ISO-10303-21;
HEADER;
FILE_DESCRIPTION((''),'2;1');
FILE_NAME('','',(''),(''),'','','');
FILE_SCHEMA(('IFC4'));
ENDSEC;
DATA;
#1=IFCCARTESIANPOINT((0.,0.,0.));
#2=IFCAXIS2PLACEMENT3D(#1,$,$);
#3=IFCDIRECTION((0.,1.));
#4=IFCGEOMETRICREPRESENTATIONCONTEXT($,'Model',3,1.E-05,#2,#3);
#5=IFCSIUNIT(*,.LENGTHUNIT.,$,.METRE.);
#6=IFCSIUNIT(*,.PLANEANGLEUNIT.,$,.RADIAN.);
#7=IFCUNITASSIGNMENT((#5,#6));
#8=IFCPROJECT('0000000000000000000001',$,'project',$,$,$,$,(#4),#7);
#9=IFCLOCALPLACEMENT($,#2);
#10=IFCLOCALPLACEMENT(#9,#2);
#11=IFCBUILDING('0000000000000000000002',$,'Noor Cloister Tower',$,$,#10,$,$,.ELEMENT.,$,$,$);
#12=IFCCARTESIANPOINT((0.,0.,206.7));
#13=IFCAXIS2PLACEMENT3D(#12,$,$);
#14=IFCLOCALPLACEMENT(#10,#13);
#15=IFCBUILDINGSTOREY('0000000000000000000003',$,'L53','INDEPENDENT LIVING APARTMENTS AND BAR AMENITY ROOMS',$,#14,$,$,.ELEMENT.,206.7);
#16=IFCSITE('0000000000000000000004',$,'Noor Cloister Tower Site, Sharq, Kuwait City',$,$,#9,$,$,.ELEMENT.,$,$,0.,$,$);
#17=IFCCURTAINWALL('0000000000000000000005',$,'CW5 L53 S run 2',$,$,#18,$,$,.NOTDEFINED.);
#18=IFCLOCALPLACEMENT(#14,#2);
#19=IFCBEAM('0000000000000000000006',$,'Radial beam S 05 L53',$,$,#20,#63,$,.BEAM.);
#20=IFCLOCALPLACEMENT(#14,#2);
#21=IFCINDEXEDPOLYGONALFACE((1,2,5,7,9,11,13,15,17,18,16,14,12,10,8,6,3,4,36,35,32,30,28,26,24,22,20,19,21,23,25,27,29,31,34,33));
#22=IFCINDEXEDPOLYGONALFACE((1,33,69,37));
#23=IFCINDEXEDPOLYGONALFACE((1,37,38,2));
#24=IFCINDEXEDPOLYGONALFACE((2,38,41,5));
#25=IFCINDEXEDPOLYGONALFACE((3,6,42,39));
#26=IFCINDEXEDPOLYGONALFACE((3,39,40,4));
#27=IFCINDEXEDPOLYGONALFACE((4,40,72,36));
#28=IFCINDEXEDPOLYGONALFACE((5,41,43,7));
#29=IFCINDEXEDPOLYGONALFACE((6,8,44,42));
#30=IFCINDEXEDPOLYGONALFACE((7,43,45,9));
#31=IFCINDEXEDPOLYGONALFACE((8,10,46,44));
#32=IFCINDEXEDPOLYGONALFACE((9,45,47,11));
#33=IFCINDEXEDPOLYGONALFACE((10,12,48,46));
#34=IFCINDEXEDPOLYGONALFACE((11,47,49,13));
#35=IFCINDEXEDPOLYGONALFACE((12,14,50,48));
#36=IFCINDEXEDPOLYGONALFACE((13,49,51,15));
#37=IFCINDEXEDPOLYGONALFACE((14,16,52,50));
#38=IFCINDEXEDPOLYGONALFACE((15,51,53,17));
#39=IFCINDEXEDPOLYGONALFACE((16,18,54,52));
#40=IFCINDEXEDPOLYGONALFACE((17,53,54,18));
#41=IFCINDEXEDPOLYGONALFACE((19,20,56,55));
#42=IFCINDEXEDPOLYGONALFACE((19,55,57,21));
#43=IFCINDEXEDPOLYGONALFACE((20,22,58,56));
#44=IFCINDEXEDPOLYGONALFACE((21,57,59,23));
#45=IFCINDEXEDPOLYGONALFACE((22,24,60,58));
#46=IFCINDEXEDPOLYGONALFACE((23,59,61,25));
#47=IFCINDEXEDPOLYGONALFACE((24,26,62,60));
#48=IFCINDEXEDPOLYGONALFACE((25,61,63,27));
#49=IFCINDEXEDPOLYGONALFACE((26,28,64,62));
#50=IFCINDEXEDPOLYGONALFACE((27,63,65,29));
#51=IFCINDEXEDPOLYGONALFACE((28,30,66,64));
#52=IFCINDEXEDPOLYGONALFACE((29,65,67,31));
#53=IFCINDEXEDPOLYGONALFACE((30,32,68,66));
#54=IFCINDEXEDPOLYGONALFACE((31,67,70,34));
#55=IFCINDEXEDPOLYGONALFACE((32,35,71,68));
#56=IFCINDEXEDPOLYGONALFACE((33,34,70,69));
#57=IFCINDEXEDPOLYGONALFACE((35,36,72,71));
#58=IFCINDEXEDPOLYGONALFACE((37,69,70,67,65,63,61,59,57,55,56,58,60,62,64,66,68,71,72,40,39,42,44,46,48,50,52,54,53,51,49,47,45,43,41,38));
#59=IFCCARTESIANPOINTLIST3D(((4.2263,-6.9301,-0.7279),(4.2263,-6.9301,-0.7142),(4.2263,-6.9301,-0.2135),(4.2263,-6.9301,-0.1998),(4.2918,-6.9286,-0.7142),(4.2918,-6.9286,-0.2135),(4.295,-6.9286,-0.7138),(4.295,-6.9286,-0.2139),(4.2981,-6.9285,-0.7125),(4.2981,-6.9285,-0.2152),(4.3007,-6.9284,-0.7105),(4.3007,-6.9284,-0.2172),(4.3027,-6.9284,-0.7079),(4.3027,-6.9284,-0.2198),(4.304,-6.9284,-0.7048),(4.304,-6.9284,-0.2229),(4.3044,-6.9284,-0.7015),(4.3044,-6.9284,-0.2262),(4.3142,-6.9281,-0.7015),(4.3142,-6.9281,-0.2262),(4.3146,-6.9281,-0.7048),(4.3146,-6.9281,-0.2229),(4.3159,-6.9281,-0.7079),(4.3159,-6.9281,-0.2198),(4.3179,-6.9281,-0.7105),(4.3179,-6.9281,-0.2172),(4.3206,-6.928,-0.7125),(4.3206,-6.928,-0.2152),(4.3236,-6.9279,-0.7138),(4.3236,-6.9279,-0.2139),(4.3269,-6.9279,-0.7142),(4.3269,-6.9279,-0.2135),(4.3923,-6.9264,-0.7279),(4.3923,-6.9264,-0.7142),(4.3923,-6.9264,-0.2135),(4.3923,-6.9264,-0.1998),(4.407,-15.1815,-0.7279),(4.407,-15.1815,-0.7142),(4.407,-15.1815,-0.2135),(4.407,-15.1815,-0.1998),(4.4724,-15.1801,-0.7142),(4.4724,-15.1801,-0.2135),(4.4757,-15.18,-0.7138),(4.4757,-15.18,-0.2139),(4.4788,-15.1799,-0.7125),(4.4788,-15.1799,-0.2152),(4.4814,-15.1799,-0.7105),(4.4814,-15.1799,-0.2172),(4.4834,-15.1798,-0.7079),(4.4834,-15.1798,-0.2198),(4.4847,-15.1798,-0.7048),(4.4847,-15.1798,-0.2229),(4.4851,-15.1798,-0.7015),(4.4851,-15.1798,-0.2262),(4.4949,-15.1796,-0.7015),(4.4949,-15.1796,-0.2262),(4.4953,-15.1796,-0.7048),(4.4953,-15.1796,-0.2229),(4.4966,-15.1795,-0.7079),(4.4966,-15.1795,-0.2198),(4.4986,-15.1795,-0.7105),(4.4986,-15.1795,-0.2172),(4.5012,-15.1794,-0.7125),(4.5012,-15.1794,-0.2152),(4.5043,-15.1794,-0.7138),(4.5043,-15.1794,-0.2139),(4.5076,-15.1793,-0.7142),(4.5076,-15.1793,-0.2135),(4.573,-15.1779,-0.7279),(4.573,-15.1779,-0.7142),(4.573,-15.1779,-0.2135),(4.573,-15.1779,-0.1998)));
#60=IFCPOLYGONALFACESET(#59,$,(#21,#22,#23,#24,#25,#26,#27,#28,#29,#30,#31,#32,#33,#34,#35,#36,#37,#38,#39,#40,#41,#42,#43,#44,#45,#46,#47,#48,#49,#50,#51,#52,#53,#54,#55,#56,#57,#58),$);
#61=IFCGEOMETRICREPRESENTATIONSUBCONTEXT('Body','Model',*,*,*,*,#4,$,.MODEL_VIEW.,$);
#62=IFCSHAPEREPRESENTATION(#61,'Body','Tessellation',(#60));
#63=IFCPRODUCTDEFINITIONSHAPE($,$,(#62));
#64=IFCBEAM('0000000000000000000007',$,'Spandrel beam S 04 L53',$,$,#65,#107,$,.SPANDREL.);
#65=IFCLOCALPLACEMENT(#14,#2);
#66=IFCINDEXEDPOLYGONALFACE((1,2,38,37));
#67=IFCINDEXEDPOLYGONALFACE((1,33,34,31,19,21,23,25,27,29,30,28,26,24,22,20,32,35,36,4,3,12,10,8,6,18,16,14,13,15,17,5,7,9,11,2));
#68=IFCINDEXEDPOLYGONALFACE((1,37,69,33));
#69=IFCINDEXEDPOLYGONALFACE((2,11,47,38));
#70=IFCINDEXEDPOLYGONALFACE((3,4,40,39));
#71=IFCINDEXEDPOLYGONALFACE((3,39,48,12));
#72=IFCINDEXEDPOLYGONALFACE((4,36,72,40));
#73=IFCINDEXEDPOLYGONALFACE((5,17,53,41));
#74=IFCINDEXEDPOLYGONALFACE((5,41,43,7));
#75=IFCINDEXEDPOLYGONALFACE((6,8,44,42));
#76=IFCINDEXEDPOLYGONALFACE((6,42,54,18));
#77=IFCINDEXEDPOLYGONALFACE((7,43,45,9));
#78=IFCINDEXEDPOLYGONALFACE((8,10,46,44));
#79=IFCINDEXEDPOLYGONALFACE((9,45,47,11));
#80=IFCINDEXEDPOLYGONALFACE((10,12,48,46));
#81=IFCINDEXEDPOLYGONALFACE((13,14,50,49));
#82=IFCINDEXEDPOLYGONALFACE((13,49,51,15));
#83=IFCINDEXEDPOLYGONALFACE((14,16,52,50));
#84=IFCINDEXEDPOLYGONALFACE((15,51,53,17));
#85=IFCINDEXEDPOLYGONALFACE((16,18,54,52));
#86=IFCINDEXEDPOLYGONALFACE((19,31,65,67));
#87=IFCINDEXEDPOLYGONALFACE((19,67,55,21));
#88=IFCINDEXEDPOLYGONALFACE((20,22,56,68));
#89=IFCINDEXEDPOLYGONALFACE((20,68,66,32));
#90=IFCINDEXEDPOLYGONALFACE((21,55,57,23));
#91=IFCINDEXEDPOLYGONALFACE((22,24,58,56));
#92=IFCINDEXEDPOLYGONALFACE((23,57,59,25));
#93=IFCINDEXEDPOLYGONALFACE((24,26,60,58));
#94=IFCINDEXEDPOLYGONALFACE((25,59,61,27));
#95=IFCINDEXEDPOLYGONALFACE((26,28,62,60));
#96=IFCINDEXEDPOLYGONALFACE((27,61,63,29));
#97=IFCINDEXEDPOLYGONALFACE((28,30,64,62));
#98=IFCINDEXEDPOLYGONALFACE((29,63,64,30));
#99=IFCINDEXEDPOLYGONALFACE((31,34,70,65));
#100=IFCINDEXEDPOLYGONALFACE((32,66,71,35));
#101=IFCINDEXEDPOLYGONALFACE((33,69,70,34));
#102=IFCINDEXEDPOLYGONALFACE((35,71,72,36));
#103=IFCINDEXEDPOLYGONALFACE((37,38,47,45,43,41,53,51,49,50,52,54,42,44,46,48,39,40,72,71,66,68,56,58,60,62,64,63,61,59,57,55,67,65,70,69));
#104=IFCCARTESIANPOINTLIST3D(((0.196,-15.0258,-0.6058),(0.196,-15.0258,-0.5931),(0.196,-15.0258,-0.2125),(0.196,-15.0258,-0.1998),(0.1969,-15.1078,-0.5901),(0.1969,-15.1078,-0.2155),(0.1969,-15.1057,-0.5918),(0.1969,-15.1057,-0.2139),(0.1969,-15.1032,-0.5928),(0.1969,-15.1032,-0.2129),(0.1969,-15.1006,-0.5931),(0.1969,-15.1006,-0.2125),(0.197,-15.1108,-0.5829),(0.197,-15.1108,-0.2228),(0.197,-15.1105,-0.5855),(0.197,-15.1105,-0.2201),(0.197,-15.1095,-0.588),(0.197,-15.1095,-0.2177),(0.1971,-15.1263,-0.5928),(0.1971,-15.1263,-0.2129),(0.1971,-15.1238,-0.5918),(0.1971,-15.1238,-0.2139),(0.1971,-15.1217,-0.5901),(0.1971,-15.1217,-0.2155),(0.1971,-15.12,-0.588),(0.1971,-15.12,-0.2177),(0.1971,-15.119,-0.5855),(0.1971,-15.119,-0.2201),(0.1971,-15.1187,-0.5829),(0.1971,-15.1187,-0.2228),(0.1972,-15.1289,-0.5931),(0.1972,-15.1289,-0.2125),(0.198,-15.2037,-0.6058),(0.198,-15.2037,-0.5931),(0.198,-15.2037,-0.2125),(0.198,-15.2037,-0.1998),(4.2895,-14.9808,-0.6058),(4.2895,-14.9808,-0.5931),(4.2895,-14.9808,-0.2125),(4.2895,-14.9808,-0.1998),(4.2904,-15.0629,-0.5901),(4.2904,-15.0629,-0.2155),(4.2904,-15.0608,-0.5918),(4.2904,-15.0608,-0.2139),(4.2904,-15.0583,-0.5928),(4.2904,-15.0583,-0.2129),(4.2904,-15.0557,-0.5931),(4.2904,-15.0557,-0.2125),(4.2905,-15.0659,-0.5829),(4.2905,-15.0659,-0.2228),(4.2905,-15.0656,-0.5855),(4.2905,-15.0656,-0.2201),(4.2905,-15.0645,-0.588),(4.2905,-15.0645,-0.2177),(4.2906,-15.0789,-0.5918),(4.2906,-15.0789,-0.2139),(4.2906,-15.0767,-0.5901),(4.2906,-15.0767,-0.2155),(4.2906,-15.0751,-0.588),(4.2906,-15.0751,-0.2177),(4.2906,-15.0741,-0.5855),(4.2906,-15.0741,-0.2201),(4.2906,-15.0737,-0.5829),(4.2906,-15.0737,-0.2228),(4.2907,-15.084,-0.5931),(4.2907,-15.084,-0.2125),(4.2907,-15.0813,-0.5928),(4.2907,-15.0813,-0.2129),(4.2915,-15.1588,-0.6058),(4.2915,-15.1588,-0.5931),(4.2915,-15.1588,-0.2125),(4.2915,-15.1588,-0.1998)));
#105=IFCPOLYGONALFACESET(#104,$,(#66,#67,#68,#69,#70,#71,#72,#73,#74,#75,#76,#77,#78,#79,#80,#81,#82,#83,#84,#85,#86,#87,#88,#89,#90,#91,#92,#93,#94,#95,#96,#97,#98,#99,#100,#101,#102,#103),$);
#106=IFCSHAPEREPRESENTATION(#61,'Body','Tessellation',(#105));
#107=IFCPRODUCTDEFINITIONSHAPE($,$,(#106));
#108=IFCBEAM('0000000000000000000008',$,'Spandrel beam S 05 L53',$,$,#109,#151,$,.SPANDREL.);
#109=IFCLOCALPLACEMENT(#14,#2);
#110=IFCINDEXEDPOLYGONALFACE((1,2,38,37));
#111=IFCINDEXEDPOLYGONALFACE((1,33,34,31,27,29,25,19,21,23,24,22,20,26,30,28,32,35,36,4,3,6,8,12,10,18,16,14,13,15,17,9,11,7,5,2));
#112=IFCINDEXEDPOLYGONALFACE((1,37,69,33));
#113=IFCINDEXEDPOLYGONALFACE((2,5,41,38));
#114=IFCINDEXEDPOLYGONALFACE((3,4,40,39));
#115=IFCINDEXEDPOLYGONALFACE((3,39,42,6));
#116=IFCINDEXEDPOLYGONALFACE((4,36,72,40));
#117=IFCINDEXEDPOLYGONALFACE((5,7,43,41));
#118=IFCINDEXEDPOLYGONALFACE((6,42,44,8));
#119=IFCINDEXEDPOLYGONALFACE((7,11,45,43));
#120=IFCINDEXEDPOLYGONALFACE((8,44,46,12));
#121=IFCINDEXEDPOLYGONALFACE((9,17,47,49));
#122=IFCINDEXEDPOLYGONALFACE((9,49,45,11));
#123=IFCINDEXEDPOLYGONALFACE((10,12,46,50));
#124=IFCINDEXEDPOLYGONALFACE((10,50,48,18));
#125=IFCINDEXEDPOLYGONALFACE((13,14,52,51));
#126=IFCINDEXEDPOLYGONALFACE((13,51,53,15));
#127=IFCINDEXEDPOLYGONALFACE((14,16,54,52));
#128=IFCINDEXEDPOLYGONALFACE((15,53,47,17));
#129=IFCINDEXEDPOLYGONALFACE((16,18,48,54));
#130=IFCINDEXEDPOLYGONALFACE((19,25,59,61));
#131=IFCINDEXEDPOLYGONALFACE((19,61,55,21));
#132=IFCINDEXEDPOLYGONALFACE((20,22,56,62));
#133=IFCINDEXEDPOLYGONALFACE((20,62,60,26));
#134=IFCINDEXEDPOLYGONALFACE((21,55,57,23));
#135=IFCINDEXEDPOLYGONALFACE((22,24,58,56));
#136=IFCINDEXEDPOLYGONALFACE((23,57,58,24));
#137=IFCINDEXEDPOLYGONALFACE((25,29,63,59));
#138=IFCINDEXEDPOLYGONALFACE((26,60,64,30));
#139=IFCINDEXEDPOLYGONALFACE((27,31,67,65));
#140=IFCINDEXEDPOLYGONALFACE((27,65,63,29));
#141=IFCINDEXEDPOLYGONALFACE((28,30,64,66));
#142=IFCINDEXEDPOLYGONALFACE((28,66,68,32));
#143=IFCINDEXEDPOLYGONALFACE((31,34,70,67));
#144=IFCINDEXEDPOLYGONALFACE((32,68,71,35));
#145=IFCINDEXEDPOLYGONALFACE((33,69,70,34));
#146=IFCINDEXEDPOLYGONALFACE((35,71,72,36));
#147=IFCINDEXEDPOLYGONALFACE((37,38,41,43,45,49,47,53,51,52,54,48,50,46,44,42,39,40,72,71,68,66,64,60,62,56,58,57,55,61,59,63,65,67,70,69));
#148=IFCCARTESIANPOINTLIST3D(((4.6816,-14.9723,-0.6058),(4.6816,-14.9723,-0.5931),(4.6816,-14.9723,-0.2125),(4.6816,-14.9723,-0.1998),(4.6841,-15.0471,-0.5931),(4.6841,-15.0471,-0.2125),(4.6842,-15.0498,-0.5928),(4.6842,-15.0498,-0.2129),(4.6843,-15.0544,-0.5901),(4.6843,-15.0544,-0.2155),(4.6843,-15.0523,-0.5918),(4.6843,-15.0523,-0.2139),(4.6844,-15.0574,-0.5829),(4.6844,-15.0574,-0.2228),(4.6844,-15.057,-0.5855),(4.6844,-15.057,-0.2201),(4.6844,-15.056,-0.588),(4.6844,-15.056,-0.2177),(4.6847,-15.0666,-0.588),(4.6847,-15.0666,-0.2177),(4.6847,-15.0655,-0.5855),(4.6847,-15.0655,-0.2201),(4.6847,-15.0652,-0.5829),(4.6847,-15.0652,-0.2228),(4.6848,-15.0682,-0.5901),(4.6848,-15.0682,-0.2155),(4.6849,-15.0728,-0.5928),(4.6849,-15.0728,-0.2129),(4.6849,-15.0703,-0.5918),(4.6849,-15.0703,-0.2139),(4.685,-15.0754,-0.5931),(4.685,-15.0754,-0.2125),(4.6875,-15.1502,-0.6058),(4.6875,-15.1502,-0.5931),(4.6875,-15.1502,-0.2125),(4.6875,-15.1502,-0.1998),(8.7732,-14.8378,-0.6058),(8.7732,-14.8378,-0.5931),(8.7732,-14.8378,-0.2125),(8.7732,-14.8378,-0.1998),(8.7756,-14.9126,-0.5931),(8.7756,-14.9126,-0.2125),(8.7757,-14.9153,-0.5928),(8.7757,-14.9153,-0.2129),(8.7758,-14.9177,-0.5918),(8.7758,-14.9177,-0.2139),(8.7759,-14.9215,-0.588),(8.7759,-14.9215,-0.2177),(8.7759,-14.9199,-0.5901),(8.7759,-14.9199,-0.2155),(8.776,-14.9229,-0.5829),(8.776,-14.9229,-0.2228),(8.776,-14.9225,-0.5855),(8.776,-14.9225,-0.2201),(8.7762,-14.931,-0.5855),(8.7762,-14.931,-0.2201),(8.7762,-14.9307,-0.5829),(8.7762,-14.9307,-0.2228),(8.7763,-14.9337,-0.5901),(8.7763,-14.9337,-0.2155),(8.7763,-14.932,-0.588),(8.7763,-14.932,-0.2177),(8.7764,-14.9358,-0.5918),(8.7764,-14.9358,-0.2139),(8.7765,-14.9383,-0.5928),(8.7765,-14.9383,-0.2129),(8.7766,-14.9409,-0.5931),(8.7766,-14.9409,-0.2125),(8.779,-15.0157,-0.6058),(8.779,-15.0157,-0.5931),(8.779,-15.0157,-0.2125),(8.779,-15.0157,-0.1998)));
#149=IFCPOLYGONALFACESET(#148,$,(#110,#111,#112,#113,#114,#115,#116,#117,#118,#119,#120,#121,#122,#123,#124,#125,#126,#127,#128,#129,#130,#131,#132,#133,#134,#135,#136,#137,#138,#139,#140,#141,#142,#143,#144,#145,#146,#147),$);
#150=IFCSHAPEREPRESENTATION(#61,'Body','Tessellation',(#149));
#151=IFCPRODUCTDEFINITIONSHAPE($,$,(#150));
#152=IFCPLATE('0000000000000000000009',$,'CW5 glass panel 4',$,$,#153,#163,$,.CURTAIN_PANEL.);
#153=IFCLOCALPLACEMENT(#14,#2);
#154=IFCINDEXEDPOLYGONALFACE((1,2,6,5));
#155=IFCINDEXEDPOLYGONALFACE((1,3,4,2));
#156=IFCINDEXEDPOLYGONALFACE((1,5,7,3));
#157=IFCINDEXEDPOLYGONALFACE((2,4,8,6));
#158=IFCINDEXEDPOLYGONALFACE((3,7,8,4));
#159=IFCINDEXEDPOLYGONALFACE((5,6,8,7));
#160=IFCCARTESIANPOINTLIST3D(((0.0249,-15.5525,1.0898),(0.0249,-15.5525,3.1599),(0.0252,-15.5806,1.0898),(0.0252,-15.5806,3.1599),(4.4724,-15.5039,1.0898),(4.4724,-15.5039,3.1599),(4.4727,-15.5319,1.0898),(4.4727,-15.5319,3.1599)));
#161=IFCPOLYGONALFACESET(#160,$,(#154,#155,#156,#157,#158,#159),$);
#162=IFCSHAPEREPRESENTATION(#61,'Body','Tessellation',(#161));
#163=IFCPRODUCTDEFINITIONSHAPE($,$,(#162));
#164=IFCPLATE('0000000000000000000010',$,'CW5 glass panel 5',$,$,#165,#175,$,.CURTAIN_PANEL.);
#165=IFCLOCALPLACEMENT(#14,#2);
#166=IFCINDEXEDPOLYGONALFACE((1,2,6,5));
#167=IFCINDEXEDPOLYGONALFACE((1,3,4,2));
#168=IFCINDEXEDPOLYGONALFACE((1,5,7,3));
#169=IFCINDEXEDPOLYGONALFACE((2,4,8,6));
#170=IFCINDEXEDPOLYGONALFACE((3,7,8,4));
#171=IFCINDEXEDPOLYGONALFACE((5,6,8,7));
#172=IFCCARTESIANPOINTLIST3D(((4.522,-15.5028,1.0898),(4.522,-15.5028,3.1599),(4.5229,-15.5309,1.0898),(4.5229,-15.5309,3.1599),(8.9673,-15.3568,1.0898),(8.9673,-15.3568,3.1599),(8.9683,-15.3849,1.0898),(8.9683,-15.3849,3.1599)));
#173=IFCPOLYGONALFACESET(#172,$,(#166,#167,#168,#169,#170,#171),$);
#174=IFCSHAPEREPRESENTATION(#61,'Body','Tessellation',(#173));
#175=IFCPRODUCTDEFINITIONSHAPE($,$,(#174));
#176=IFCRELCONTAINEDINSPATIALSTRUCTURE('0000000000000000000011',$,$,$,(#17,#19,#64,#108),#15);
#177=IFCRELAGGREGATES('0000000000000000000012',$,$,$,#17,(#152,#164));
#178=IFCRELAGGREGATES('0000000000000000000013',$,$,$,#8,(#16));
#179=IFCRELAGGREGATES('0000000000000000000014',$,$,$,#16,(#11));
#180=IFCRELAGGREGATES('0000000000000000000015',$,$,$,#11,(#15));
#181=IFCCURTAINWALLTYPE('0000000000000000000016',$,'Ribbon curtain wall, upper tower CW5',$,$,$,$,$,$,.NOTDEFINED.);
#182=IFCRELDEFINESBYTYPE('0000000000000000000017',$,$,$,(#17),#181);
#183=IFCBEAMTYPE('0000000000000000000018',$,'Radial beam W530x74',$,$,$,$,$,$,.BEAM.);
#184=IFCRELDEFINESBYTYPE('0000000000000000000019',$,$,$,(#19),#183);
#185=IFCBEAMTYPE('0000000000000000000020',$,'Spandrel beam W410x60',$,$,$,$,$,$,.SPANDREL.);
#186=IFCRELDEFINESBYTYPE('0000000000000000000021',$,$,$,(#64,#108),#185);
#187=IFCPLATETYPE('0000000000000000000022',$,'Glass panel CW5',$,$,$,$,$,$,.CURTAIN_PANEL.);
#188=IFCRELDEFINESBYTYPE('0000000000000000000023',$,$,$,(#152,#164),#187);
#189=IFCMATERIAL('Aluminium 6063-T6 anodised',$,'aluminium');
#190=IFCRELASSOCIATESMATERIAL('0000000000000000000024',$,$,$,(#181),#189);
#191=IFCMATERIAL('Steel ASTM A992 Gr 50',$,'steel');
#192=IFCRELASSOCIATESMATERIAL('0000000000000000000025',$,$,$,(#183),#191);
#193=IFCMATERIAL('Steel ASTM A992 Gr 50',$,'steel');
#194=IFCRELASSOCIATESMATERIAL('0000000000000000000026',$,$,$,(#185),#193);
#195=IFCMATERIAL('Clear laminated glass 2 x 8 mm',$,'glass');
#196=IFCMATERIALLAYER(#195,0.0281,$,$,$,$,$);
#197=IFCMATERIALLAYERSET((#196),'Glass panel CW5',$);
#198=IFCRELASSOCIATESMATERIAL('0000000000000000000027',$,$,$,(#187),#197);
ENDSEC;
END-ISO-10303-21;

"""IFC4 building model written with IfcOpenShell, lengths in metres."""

from ifc_helpers import new_model, si_unit, direction, frame, origin, origin_2d, place, context, subcontext, project, spatial, rectangle, i_section, extrude, material, layer, layer_set, material_profile, profile_set, type_object, element, aggregate, save


model = new_model("IFC4")

# Units and contexts
model_context = context("Model", 3, precision=1e-05, world=origin(), true_north=direction((0.0, 1.0)))
body_context = subcontext(model_context, "Body", "Model", "MODEL_VIEW")
ifc_project = project(units=[si_unit("LENGTHUNIT", "METRE"), si_unit("PLANEANGLEUNIT", "RADIAN")], contexts=[model_context])

# Site, building, storey
site_placement = place(None, origin())
site = spatial("IfcSite", under=ifc_project, at=site_placement, Name="Noor Cloister Tower Site, Sharq, Kuwait City", CompositionType="ELEMENT", RefElevation=0.0)
building_placement = place(site_placement, origin())
building = spatial("IfcBuilding", under=site, at=building_placement, Name="Noor Cloister Tower", CompositionType="ELEMENT")
storey_placement = place(building_placement, frame((0.0, 0.0, 206.7)))
storey = spatial("IfcBuildingStorey", under=building, at=storey_placement, Name="L53", Description="INDEPENDENT LIVING APARTMENTS AND BAR AMENITY ROOMS", CompositionType="ELEMENT", Elevation=206.7)

# Curtain wall
ifc_material_1 = material(Name="Aluminium 6063-T6 anodised", Category="aluminium")
curtain_wall_type = type_object("IfcCurtainWallType", Name="Ribbon curtain wall, upper tower CW5", PredefinedType="NOTDEFINED", material=ifc_material_1)
curtain_wall_placement = place(storey_placement, origin())
curtain_wall = element("IfcCurtainWall", 1, at=curtain_wall_placement, inside=storey, type_object=curtain_wall_type, Name="CW5 L53 S run 2", PredefinedType="NOTDEFINED")

# Beams
ifc_material_2 = material(Name="Steel ASTM A992 Gr 50", Category="steel")
ifc_material_profile_1 = material_profile(ifc_material_2, i_section(OverallWidth=0.166, OverallDepth=0.5281, WebThickness=0.0098, FlangeThickness=0.0137, FilletRadius=0.0127, at=origin_2d()), Name="W530x74")
ifc_profile_set_1 = profile_set([ifc_material_profile_1], Name="Steel ASTM A992 Gr 50")
beam_type_1 = type_object("IfcBeamType", Name="Radial beam W530x74", PredefinedType="BEAM", material=ifc_profile_set_1)
beam_1_placement = place(storey_placement, frame((4.49, -15.1797, -0.4639), z_axis=(-0.02189, 0.99976, 0.0), x_axis=(-0.99976, -0.02189, 0.0)))
element("IfcBeam", 2, at=beam_1_placement, inside=storey, type_object=beam_type_1, Name="Radial beam S 05 L53", PredefinedType="BEAM", context=body_context, shape_type="SweptSolid", body=[
    extrude(i_section(OverallWidth=0.166, OverallDepth=0.5281, WebThickness=0.0098, FlangeThickness=0.0137, FilletRadius=0.0127, at=origin_2d()), origin(), (0.0, 0.0, 1.0), 8.2534),
])
ifc_material_3 = material(Name="Steel ASTM A992 Gr 50", Category="steel")
ifc_material_profile_2 = material_profile(ifc_material_3, i_section(OverallWidth=0.178, OverallDepth=0.406, WebThickness=0.0078, FlangeThickness=0.0127, FilletRadius=0.0103, at=origin_2d()), Name="W410x60")
ifc_profile_set_2 = profile_set([ifc_material_profile_2], Name="Steel ASTM A992 Gr 50")
beam_type_2 = type_object("IfcBeamType", Name="Spandrel beam W410x60", PredefinedType="SPANDREL", material=ifc_profile_set_2)
for number, where, z_axis, x_axis, name in (
    (3, (0.197, -15.1147, -0.4028), (0.99994, 0.010973, 0.0), (-0.010973, 0.99994, 0.0), "Spandrel beam S 04 L53"),
    (4, (4.6846, -15.0613, -0.4028), (0.99946, 0.03286, 0.0), (-0.03286, 0.99946, 0.0), "Spandrel beam S 05 L53"),
):
    element("IfcBeam", number, at=place(storey_placement, frame(where, z_axis=z_axis, x_axis=x_axis)), inside=storey, type_object=beam_type_2, Name=name, PredefinedType="SPANDREL", context=body_context, shape_type="SweptSolid", body=[
        extrude(i_section(OverallWidth=0.178, OverallDepth=0.406, WebThickness=0.0078, FlangeThickness=0.0127, FilletRadius=0.0103, at=origin_2d()), origin(), (0.0, 0.0, 1.0), 4.0938),
    ])

# Plates
ifc_material_4 = material(Name="Clear laminated glass 2 x 8 mm", Category="glass")
ifc_layer_1 = layer(ifc_material_4, 0.0281)
ifc_layer_set_1 = layer_set([ifc_layer_1], Name="Glass panel CW5")
plate_type = type_object("IfcPlateType", Name="Glass panel CW5", PredefinedType="CURTAIN_PANEL", material=ifc_layer_set_1)
plate_1_placement = place(storey_placement, frame((2.2488, -15.5422, 1.0898), z_axis=(0.0, 0.0, 1.0), x_axis=(0.99994, 0.010946, 0.0)))
plate_1 = element("IfcPlate", 5, at=plate_1_placement, type_object=plate_type, Name="CW5 glass panel 4", PredefinedType="CURTAIN_PANEL", context=body_context, shape_type="SweptSolid", body=[
    extrude(rectangle(XDim=4.4478, YDim=0.0281, at=origin_2d()), origin(), (0.0, 0.0, 1.0), 2.0701),
])
plate_2_placement = place(storey_placement, frame((6.7451, -15.4438, 1.0898), z_axis=(0.0, 0.0, 1.0), x_axis=(0.999461, 0.032831, 0.0)))
plate_2 = element("IfcPlate", 6, at=plate_2_placement, type_object=plate_type, Name="CW5 glass panel 5", PredefinedType="CURTAIN_PANEL", context=body_context, shape_type="SweptSolid", body=[
    extrude(rectangle(XDim=4.4478, YDim=0.0281, at=origin_2d()), origin(), (0.0, 0.0, 1.0), 2.0701),
])
aggregate(curtain_wall, [plate_1, plate_2])

save(model, "model.ifc")
